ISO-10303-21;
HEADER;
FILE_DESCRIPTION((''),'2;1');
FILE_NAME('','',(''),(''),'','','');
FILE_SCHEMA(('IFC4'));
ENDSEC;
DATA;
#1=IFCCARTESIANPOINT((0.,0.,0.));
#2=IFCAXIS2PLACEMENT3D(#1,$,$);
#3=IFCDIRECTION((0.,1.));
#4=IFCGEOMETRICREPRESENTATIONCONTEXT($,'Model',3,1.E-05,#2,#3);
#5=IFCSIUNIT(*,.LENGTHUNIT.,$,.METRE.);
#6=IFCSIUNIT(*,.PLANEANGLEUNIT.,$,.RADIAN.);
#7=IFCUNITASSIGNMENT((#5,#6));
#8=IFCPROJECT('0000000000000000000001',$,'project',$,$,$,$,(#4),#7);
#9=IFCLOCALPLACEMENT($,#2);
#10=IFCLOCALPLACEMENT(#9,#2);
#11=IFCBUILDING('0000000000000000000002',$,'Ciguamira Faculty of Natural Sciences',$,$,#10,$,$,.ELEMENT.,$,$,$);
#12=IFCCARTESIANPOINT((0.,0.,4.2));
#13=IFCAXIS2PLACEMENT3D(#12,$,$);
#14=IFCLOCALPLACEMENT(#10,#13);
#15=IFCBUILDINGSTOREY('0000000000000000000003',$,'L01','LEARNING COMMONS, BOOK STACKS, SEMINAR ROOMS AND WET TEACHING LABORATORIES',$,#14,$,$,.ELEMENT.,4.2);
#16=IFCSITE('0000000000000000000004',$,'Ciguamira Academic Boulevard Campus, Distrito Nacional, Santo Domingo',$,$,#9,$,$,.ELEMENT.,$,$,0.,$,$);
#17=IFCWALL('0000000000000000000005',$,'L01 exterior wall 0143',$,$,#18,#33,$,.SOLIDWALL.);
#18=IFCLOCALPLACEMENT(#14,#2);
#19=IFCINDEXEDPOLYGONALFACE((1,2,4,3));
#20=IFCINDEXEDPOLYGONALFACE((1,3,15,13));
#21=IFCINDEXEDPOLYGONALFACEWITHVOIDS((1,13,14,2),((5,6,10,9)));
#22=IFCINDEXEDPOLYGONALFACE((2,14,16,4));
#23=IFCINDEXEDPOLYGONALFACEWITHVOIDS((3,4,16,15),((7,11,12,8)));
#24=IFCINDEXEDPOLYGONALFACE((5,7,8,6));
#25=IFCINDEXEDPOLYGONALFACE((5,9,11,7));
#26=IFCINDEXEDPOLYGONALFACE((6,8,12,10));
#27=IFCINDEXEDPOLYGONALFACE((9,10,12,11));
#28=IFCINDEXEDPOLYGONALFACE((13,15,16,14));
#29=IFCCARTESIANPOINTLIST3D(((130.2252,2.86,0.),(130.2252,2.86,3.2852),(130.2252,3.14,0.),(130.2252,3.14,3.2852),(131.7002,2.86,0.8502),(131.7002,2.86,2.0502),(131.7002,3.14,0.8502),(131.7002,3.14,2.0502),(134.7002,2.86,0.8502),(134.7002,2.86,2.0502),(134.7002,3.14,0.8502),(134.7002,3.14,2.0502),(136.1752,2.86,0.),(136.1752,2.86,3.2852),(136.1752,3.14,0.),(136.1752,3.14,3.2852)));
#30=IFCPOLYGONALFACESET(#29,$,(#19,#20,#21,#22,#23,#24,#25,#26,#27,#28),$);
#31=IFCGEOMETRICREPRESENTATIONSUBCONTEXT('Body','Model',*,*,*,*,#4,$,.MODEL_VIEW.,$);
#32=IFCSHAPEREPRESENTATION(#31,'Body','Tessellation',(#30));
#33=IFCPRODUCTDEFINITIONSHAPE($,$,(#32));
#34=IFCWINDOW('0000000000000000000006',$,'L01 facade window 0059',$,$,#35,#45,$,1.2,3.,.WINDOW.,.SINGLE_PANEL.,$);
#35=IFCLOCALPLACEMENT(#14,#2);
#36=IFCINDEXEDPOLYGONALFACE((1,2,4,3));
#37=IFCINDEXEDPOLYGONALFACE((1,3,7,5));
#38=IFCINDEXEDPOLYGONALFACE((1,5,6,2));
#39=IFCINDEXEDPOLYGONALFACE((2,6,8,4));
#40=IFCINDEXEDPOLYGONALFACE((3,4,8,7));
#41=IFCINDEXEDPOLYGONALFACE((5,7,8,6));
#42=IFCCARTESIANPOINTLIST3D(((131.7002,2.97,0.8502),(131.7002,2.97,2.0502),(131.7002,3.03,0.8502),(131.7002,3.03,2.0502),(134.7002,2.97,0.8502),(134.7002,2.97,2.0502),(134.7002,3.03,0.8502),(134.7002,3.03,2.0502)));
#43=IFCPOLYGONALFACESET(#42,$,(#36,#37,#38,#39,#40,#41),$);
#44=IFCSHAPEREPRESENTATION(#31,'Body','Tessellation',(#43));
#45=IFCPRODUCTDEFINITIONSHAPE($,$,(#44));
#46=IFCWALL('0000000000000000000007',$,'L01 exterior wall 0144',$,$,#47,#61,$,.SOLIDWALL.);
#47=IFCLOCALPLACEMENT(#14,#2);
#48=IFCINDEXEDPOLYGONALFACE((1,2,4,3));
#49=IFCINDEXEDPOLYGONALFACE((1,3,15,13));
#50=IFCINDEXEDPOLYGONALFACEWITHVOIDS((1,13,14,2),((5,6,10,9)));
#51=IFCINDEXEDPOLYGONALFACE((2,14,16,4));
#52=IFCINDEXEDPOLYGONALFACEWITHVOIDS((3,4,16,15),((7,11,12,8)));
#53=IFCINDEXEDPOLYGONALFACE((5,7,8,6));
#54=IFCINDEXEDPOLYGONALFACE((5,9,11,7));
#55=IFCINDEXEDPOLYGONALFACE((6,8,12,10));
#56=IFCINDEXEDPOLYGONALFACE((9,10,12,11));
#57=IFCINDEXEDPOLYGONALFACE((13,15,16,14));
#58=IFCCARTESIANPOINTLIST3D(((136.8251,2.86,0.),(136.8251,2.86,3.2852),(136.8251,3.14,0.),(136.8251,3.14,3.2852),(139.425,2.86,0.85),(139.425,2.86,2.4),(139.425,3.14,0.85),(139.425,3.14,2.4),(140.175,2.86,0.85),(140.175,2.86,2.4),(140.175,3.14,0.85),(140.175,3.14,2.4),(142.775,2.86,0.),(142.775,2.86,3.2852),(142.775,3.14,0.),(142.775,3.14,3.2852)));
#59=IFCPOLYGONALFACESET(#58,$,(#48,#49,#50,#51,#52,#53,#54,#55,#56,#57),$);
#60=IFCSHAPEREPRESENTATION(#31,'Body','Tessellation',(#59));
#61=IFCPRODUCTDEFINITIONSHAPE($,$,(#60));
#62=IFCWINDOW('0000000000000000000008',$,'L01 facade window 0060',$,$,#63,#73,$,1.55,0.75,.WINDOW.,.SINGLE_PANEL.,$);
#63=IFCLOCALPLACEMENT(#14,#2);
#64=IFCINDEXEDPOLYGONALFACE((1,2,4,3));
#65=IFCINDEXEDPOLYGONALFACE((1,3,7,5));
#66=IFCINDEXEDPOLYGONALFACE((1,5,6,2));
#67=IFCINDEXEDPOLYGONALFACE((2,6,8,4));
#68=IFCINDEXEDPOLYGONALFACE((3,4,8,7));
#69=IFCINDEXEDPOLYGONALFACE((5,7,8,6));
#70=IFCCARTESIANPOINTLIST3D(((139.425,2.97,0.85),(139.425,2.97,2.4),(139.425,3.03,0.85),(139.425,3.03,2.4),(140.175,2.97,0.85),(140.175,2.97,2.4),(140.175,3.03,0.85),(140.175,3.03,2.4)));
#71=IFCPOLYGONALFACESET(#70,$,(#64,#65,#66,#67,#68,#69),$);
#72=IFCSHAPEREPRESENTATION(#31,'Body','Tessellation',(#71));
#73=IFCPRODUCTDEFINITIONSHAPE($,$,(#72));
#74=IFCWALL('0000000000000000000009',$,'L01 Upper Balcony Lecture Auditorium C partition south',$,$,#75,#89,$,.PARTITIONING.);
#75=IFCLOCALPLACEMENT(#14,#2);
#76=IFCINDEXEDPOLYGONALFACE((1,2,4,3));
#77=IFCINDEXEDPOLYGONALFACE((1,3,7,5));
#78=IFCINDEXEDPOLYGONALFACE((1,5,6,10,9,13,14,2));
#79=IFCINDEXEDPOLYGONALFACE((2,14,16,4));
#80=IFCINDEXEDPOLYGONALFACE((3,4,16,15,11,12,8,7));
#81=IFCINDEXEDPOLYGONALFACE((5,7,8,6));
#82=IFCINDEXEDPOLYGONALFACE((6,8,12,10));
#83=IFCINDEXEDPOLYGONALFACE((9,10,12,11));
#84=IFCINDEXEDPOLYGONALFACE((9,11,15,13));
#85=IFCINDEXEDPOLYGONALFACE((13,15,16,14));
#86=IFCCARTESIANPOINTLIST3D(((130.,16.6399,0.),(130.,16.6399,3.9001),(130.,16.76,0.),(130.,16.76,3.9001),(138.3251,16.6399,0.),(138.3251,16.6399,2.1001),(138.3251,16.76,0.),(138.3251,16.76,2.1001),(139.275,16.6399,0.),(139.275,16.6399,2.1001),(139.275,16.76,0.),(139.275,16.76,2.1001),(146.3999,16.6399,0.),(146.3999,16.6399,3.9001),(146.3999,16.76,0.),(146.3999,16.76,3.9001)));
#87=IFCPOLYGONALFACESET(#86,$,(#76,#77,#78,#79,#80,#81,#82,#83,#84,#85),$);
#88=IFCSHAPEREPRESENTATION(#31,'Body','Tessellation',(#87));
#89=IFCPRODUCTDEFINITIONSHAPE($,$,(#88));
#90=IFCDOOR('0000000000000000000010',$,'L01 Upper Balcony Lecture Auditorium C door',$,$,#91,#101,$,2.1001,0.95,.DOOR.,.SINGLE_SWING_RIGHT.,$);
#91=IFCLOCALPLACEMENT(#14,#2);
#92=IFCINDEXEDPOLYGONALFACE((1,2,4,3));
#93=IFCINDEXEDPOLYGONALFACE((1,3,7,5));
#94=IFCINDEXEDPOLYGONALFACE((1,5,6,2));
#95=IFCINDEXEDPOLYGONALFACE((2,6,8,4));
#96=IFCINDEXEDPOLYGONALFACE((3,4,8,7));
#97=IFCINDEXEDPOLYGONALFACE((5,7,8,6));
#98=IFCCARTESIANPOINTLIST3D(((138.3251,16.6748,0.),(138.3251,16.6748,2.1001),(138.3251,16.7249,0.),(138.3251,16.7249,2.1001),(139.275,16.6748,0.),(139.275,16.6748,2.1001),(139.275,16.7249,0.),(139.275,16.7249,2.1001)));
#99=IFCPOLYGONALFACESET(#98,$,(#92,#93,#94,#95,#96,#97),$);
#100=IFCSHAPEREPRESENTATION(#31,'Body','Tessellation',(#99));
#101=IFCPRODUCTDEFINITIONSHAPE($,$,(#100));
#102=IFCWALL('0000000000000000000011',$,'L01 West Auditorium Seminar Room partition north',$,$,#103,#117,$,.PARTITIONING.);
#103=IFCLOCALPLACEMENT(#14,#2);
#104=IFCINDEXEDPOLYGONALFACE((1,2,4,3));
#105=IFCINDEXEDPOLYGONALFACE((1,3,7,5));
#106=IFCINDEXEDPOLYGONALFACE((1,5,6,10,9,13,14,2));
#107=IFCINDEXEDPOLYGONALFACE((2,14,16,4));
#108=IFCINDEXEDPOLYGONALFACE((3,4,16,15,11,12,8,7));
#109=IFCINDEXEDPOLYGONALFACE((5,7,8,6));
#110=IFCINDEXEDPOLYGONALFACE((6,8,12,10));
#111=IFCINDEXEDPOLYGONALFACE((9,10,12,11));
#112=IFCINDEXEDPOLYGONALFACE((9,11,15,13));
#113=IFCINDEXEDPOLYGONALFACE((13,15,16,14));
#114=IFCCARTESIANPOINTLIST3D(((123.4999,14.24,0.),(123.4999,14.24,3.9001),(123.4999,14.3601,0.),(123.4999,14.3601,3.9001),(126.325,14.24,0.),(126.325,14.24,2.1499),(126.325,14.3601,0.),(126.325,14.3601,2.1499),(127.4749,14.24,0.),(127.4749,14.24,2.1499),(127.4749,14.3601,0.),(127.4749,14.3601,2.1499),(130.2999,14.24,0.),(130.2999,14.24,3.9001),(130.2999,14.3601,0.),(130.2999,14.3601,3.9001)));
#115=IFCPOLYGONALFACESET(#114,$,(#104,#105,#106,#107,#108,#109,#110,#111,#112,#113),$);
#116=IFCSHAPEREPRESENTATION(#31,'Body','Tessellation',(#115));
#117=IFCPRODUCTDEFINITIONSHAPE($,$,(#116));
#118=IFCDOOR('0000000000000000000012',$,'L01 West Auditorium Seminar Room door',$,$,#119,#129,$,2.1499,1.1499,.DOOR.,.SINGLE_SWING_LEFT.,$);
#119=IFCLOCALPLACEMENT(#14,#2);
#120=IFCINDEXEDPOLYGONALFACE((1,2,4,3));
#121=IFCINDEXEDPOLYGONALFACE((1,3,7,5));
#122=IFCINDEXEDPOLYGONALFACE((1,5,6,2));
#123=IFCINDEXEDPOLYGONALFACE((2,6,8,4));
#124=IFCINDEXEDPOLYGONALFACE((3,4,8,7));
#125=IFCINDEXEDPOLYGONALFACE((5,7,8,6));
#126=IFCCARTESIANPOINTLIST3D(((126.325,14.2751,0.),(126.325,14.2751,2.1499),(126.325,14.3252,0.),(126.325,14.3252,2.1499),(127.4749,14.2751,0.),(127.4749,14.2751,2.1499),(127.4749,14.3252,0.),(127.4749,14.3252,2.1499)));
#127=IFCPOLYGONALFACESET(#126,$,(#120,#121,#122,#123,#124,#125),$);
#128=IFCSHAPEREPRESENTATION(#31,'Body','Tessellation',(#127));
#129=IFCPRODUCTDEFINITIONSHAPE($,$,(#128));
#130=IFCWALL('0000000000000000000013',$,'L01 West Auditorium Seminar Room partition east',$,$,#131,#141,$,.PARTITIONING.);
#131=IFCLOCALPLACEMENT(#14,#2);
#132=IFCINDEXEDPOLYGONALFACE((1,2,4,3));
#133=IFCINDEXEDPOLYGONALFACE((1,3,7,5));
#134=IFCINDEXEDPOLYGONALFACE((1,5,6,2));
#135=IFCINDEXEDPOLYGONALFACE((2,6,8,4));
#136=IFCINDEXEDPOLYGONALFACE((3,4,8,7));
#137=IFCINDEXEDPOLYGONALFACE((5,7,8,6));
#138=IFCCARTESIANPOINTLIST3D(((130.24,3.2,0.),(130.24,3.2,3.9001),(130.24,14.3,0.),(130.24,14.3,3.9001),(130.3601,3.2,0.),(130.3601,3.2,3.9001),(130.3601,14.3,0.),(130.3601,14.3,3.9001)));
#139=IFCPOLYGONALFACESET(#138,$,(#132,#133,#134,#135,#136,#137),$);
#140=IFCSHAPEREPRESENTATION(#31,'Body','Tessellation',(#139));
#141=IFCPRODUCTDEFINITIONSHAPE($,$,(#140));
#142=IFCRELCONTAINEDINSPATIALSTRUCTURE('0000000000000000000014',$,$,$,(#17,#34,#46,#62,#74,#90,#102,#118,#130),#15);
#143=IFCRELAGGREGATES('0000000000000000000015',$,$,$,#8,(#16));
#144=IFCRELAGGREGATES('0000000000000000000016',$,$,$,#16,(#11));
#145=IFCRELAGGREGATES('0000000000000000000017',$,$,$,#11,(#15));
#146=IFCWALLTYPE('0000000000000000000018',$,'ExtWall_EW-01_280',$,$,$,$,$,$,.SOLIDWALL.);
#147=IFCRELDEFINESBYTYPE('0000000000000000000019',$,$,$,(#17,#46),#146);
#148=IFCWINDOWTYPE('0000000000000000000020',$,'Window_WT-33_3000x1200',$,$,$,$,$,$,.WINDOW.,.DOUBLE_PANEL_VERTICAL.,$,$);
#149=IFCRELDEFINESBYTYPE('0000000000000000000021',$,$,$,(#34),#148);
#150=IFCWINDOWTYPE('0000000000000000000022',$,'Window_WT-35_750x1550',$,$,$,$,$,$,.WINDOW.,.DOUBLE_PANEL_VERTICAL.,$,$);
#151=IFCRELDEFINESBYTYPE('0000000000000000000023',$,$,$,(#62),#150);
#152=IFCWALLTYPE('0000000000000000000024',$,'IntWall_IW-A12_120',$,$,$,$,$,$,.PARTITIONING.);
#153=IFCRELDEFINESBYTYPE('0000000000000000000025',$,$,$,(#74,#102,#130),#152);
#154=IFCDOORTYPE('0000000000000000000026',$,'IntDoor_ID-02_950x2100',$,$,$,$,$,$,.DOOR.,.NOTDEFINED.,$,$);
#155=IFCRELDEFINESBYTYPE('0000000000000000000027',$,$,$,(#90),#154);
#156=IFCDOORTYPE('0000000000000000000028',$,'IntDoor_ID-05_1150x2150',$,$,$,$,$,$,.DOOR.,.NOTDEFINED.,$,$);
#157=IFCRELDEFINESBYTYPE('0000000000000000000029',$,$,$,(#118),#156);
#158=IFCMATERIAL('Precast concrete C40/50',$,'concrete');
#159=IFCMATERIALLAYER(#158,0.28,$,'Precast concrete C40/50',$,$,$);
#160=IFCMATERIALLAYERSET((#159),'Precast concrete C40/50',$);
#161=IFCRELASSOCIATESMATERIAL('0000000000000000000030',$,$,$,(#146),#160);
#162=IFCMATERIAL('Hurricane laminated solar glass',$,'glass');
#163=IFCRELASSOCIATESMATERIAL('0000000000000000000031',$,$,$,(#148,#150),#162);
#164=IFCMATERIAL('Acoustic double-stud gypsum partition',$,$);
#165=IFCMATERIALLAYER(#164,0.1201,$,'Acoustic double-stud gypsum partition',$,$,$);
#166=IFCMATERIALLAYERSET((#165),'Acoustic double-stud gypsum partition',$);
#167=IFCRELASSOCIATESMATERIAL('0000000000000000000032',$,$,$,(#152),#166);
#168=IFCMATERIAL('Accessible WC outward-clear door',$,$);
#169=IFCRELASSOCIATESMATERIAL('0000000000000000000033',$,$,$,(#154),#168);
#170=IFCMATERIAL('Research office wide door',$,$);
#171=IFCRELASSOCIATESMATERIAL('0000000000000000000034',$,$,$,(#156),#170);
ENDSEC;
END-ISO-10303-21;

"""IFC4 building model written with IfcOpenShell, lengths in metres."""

from ifc_helpers import new_model, si_unit, direction, frame, frame_2d, origin, place, context, subcontext, project, spatial, rectangle, extrude, material, layer, layer_set, type_object, element, fill, save


model = new_model("IFC4")

# Units and contexts
model_context = context("Model", 3, precision=1e-05, world=origin(), true_north=direction((0.0, 1.0)))
body_context = subcontext(model_context, "Body", "Model", "MODEL_VIEW")
ifc_project = project(units=[si_unit("LENGTHUNIT", "METRE"), si_unit("PLANEANGLEUNIT", "RADIAN")], contexts=[model_context])

# Site, building, storey
site_placement = place(None, origin())
site = spatial("IfcSite", under=ifc_project, at=site_placement, Name="Ciguamira Academic Boulevard Campus, Distrito Nacional, Santo Domingo", CompositionType="ELEMENT", RefElevation=0.0)
building_placement = place(site_placement, origin())
building = spatial("IfcBuilding", under=site, at=building_placement, Name="Ciguamira Faculty of Natural Sciences", CompositionType="ELEMENT")
storey_placement = place(building_placement, frame((0.0, 0.0, 4.2)))
storey = spatial("IfcBuildingStorey", under=building, at=storey_placement, Name="L01", Description="LEARNING COMMONS, BOOK STACKS, SEMINAR ROOMS AND WET TEACHING LABORATORIES", CompositionType="ELEMENT", Elevation=4.2)

# Walls, openings, windows
ifc_material_1 = material(Name="Precast concrete C40/50", Category="concrete")
ifc_layer_1 = layer(ifc_material_1, 0.28, Name="Precast concrete C40/50")
ifc_layer_set_1 = layer_set([ifc_layer_1], Name="Precast concrete C40/50")
wall_type_1 = type_object("IfcWallType", Name="ExtWall_EW-01_280", PredefinedType="SOLIDWALL", material=ifc_layer_set_1)
ifc_material_2 = material(Name="Hurricane laminated solar glass", Category="glass")
wall_1_placement = place(storey_placement, frame((130.2251, 3.0, 0.0), z_axis=(0.0, 0.0, 1.0), x_axis=(1.0, 0.0, 0.0)))
wall_1 = element("IfcWall", 1, at=wall_1_placement, inside=storey, type_object=wall_type_1, Name="L01 exterior wall 0143", PredefinedType="SOLIDWALL", context=body_context, shape_type="SweptSolid", body=[
    extrude(rectangle(XDim=5.95, YDim=0.28, at=frame_2d((2.9751, 0.0))), origin(), (0.0, 0.0, 1.0), 3.2852),
])
opening_1_placement = place(wall_1_placement, frame((1.4751, 0.0, 0.8501)))
opening_1 = element("IfcOpeningElement", 2, at=opening_1_placement, cuts=wall_1, PredefinedType="OPENING", context=body_context, shape_type="SweptSolid", body=[
    extrude(rectangle(XDim=3.0, YDim=1.2, at=frame_2d((1.5, 0.6001))), frame((0.0, 0.1499, 0.0), z_axis=(0.0, -1.0, 0.0), x_axis=(1.0, 0.0, 0.0)), (0.0, 0.0, 1.0), 0.3),
])
window_type_1 = type_object("IfcWindowType", Name="Window_WT-33_3000x1200", PartitioningType="DOUBLE_PANEL_VERTICAL", PredefinedType="WINDOW", material=ifc_material_2)
window_1_placement = place(opening_1_placement, origin())
window_1 = element("IfcWindow", 3, at=window_1_placement, inside=storey, type_object=window_type_1, Name="L01 facade window 0059", OverallHeight=1.2, OverallWidth=3.0, PartitioningType="SINGLE_PANEL", PredefinedType="WINDOW", context=body_context, shape_type="SweptSolid", body=[
    extrude(rectangle(XDim=3.0, YDim=1.2, at=frame_2d((1.5, 0.6001))), frame((0.0, 0.03, 0.0), z_axis=(0.0, -1.0, 0.0), x_axis=(1.0, 0.0, 0.0)), (0.0, 0.0, 1.0), 0.0601),
])
fill(opening_1, window_1)
wall_2_placement = place(storey_placement, frame((136.825, 3.0, 0.0), z_axis=(0.0, 0.0, 1.0), x_axis=(1.0, 0.0, 0.0)))
wall_2 = element("IfcWall", 4, at=wall_2_placement, inside=storey, type_object=wall_type_1, Name="L01 exterior wall 0144", PredefinedType="SOLIDWALL", context=body_context, shape_type="SweptSolid", body=[
    extrude(rectangle(XDim=5.95, YDim=0.28, at=frame_2d((2.9751, 0.0))), origin(), (0.0, 0.0, 1.0), 3.2852),
])
opening_2_placement = place(wall_2_placement, frame((2.6001, 0.0, 0.8501)))
opening_2 = element("IfcOpeningElement", 5, at=opening_2_placement, cuts=wall_2, PredefinedType="OPENING", context=body_context, shape_type="SweptSolid", body=[
    extrude(rectangle(XDim=0.75, YDim=1.55, at=frame_2d((0.375, 0.7749))), frame((0.0, 0.1499, 0.0), z_axis=(0.0, -1.0, 0.0), x_axis=(1.0, 0.0, 0.0)), (0.0, 0.0, 1.0), 0.3),
])
window_type_2 = type_object("IfcWindowType", Name="Window_WT-35_750x1550", PartitioningType="DOUBLE_PANEL_VERTICAL", PredefinedType="WINDOW", material=ifc_material_2)
window_2_placement = place(opening_2_placement, origin())
window_2 = element("IfcWindow", 6, at=window_2_placement, inside=storey, type_object=window_type_2, Name="L01 facade window 0060", OverallHeight=1.55, OverallWidth=0.75, PartitioningType="SINGLE_PANEL", PredefinedType="WINDOW", context=body_context, shape_type="SweptSolid", body=[
    extrude(rectangle(XDim=0.75, YDim=1.55, at=frame_2d((0.375, 0.7749))), frame((0.0, 0.03, 0.0), z_axis=(0.0, -1.0, 0.0), x_axis=(1.0, 0.0, 0.0)), (0.0, 0.0, 1.0), 0.0601),
])
fill(opening_2, window_2)

# Walls, openings, doors
ifc_material_3 = material(Name="Acoustic double-stud gypsum partition")
ifc_layer_2 = layer(ifc_material_3, 0.1201, Name="Acoustic double-stud gypsum partition")
ifc_layer_set_2 = layer_set([ifc_layer_2], Name="Acoustic double-stud gypsum partition")
wall_type_2 = type_object("IfcWallType", Name="IntWall_IW-A12_120", PredefinedType="PARTITIONING", material=ifc_layer_set_2)
wall_3_placement = place(storey_placement, frame((130.0, 16.7, 0.0), z_axis=(0.0, 0.0, 1.0), x_axis=(1.0, 0.0, 0.0)))
wall_3 = element("IfcWall", 7, at=wall_3_placement, inside=storey, type_object=wall_type_2, Name="L01 Upper Balcony Lecture Auditorium C partition south", PredefinedType="PARTITIONING", context=body_context, shape_type="SweptSolid", body=[
    extrude(rectangle(XDim=16.3999, YDim=0.1201, at=frame_2d((8.2, 0.0))), origin(), (0.0, 0.0, 1.0), 3.9001),
])
opening_3_placement = place(wall_3_placement, frame((8.325, 0.0, 0.0)))
opening_3 = element("IfcOpeningElement", 8, at=opening_3_placement, cuts=wall_3, PredefinedType="OPENING", context=body_context, shape_type="SweptSolid", body=[
    extrude(rectangle(XDim=0.95, YDim=2.1001, at=frame_2d((0.4751, 1.05))), frame((0.0, 0.0701, 0.0), z_axis=(0.0, -1.0, 0.0), x_axis=(1.0, 0.0, 0.0)), (0.0, 0.0, 1.0), 0.1401),
])
ifc_material_4 = material(Name="Accessible WC outward-clear door")
door_type_1 = type_object("IfcDoorType", Name="IntDoor_ID-02_950x2100", OperationType="NOTDEFINED", PredefinedType="DOOR", material=ifc_material_4)
door_1_placement = place(opening_3_placement, origin())
door_1 = element("IfcDoor", 9, at=door_1_placement, inside=storey, type_object=door_type_1, Name="L01 Upper Balcony Lecture Auditorium C door", OperationType="SINGLE_SWING_RIGHT", OverallHeight=2.1001, OverallWidth=0.95, PredefinedType="DOOR", context=body_context, shape_type="SweptSolid", body=[
    extrude(rectangle(XDim=0.95, YDim=2.1001, at=frame_2d((0.4751, 1.05))), frame((0.0, 0.0249, 0.0), z_axis=(0.0, -1.0, 0.0), x_axis=(1.0, 0.0, 0.0)), (0.0, 0.0, 1.0), 0.05),
])
fill(opening_3, door_1)
wall_4_placement = place(storey_placement, frame((123.5, 14.3, 0.0), z_axis=(0.0, 0.0, 1.0), x_axis=(1.0, 0.0, 0.0)))
wall_4 = element("IfcWall", 10, at=wall_4_placement, inside=storey, type_object=wall_type_2, Name="L01 West Auditorium Seminar Room partition north", PredefinedType="PARTITIONING", context=body_context, shape_type="SweptSolid", body=[
    extrude(rectangle(XDim=6.8, YDim=0.1201, at=frame_2d((3.3999, 0.0))), origin(), (0.0, 0.0, 1.0), 3.9001),
])
opening_4_placement = place(wall_4_placement, frame((2.825, 0.0, 0.0)))
opening_4 = element("IfcOpeningElement", 11, at=opening_4_placement, cuts=wall_4, PredefinedType="OPENING", context=body_context, shape_type="SweptSolid", body=[
    extrude(rectangle(XDim=1.1499, YDim=2.1499, at=frame_2d((0.575, 1.075))), frame((0.0, 0.0701, 0.0), z_axis=(0.0, -1.0, 0.0), x_axis=(1.0, 0.0, 0.0)), (0.0, 0.0, 1.0), 0.1401),
])
ifc_material_5 = material(Name="Research office wide door")
door_type_2 = type_object("IfcDoorType", Name="IntDoor_ID-05_1150x2150", OperationType="NOTDEFINED", PredefinedType="DOOR", material=ifc_material_5)
door_2_placement = place(opening_4_placement, frame((1.1499, 0.0, 0.0), z_axis=(0.0, 0.0, 1.0), x_axis=(-1.0, 0.0, 0.0)))
door_2 = element("IfcDoor", 12, at=door_2_placement, inside=storey, type_object=door_type_2, Name="L01 West Auditorium Seminar Room door", OperationType="SINGLE_SWING_LEFT", OverallHeight=2.1499, OverallWidth=1.1499, PredefinedType="DOOR", context=body_context, shape_type="SweptSolid", body=[
    extrude(rectangle(XDim=1.1499, YDim=2.1499, at=frame_2d((0.575, 1.075))), frame((0.0, 0.0249, 0.0), z_axis=(0.0, -1.0, 0.0), x_axis=(1.0, 0.0, 0.0)), (0.0, 0.0, 1.0), 0.05),
])
fill(opening_4, door_2)

# Wall
wall_5_placement = place(storey_placement, frame((130.3, 3.2, 0.0), z_axis=(0.0, 0.0, 1.0), x_axis=(0.0, 1.0, 0.0)))
element("IfcWall", 13, at=wall_5_placement, inside=storey, type_object=wall_type_2, Name="L01 West Auditorium Seminar Room partition east", PredefinedType="PARTITIONING", context=body_context, shape_type="SweptSolid", body=[
    extrude(rectangle(XDim=11.1001, YDim=0.1201, at=frame_2d((5.55, 0.0))), origin(), (0.0, 0.0, 1.0), 3.9001),
])

save(model, "model.ifc")
